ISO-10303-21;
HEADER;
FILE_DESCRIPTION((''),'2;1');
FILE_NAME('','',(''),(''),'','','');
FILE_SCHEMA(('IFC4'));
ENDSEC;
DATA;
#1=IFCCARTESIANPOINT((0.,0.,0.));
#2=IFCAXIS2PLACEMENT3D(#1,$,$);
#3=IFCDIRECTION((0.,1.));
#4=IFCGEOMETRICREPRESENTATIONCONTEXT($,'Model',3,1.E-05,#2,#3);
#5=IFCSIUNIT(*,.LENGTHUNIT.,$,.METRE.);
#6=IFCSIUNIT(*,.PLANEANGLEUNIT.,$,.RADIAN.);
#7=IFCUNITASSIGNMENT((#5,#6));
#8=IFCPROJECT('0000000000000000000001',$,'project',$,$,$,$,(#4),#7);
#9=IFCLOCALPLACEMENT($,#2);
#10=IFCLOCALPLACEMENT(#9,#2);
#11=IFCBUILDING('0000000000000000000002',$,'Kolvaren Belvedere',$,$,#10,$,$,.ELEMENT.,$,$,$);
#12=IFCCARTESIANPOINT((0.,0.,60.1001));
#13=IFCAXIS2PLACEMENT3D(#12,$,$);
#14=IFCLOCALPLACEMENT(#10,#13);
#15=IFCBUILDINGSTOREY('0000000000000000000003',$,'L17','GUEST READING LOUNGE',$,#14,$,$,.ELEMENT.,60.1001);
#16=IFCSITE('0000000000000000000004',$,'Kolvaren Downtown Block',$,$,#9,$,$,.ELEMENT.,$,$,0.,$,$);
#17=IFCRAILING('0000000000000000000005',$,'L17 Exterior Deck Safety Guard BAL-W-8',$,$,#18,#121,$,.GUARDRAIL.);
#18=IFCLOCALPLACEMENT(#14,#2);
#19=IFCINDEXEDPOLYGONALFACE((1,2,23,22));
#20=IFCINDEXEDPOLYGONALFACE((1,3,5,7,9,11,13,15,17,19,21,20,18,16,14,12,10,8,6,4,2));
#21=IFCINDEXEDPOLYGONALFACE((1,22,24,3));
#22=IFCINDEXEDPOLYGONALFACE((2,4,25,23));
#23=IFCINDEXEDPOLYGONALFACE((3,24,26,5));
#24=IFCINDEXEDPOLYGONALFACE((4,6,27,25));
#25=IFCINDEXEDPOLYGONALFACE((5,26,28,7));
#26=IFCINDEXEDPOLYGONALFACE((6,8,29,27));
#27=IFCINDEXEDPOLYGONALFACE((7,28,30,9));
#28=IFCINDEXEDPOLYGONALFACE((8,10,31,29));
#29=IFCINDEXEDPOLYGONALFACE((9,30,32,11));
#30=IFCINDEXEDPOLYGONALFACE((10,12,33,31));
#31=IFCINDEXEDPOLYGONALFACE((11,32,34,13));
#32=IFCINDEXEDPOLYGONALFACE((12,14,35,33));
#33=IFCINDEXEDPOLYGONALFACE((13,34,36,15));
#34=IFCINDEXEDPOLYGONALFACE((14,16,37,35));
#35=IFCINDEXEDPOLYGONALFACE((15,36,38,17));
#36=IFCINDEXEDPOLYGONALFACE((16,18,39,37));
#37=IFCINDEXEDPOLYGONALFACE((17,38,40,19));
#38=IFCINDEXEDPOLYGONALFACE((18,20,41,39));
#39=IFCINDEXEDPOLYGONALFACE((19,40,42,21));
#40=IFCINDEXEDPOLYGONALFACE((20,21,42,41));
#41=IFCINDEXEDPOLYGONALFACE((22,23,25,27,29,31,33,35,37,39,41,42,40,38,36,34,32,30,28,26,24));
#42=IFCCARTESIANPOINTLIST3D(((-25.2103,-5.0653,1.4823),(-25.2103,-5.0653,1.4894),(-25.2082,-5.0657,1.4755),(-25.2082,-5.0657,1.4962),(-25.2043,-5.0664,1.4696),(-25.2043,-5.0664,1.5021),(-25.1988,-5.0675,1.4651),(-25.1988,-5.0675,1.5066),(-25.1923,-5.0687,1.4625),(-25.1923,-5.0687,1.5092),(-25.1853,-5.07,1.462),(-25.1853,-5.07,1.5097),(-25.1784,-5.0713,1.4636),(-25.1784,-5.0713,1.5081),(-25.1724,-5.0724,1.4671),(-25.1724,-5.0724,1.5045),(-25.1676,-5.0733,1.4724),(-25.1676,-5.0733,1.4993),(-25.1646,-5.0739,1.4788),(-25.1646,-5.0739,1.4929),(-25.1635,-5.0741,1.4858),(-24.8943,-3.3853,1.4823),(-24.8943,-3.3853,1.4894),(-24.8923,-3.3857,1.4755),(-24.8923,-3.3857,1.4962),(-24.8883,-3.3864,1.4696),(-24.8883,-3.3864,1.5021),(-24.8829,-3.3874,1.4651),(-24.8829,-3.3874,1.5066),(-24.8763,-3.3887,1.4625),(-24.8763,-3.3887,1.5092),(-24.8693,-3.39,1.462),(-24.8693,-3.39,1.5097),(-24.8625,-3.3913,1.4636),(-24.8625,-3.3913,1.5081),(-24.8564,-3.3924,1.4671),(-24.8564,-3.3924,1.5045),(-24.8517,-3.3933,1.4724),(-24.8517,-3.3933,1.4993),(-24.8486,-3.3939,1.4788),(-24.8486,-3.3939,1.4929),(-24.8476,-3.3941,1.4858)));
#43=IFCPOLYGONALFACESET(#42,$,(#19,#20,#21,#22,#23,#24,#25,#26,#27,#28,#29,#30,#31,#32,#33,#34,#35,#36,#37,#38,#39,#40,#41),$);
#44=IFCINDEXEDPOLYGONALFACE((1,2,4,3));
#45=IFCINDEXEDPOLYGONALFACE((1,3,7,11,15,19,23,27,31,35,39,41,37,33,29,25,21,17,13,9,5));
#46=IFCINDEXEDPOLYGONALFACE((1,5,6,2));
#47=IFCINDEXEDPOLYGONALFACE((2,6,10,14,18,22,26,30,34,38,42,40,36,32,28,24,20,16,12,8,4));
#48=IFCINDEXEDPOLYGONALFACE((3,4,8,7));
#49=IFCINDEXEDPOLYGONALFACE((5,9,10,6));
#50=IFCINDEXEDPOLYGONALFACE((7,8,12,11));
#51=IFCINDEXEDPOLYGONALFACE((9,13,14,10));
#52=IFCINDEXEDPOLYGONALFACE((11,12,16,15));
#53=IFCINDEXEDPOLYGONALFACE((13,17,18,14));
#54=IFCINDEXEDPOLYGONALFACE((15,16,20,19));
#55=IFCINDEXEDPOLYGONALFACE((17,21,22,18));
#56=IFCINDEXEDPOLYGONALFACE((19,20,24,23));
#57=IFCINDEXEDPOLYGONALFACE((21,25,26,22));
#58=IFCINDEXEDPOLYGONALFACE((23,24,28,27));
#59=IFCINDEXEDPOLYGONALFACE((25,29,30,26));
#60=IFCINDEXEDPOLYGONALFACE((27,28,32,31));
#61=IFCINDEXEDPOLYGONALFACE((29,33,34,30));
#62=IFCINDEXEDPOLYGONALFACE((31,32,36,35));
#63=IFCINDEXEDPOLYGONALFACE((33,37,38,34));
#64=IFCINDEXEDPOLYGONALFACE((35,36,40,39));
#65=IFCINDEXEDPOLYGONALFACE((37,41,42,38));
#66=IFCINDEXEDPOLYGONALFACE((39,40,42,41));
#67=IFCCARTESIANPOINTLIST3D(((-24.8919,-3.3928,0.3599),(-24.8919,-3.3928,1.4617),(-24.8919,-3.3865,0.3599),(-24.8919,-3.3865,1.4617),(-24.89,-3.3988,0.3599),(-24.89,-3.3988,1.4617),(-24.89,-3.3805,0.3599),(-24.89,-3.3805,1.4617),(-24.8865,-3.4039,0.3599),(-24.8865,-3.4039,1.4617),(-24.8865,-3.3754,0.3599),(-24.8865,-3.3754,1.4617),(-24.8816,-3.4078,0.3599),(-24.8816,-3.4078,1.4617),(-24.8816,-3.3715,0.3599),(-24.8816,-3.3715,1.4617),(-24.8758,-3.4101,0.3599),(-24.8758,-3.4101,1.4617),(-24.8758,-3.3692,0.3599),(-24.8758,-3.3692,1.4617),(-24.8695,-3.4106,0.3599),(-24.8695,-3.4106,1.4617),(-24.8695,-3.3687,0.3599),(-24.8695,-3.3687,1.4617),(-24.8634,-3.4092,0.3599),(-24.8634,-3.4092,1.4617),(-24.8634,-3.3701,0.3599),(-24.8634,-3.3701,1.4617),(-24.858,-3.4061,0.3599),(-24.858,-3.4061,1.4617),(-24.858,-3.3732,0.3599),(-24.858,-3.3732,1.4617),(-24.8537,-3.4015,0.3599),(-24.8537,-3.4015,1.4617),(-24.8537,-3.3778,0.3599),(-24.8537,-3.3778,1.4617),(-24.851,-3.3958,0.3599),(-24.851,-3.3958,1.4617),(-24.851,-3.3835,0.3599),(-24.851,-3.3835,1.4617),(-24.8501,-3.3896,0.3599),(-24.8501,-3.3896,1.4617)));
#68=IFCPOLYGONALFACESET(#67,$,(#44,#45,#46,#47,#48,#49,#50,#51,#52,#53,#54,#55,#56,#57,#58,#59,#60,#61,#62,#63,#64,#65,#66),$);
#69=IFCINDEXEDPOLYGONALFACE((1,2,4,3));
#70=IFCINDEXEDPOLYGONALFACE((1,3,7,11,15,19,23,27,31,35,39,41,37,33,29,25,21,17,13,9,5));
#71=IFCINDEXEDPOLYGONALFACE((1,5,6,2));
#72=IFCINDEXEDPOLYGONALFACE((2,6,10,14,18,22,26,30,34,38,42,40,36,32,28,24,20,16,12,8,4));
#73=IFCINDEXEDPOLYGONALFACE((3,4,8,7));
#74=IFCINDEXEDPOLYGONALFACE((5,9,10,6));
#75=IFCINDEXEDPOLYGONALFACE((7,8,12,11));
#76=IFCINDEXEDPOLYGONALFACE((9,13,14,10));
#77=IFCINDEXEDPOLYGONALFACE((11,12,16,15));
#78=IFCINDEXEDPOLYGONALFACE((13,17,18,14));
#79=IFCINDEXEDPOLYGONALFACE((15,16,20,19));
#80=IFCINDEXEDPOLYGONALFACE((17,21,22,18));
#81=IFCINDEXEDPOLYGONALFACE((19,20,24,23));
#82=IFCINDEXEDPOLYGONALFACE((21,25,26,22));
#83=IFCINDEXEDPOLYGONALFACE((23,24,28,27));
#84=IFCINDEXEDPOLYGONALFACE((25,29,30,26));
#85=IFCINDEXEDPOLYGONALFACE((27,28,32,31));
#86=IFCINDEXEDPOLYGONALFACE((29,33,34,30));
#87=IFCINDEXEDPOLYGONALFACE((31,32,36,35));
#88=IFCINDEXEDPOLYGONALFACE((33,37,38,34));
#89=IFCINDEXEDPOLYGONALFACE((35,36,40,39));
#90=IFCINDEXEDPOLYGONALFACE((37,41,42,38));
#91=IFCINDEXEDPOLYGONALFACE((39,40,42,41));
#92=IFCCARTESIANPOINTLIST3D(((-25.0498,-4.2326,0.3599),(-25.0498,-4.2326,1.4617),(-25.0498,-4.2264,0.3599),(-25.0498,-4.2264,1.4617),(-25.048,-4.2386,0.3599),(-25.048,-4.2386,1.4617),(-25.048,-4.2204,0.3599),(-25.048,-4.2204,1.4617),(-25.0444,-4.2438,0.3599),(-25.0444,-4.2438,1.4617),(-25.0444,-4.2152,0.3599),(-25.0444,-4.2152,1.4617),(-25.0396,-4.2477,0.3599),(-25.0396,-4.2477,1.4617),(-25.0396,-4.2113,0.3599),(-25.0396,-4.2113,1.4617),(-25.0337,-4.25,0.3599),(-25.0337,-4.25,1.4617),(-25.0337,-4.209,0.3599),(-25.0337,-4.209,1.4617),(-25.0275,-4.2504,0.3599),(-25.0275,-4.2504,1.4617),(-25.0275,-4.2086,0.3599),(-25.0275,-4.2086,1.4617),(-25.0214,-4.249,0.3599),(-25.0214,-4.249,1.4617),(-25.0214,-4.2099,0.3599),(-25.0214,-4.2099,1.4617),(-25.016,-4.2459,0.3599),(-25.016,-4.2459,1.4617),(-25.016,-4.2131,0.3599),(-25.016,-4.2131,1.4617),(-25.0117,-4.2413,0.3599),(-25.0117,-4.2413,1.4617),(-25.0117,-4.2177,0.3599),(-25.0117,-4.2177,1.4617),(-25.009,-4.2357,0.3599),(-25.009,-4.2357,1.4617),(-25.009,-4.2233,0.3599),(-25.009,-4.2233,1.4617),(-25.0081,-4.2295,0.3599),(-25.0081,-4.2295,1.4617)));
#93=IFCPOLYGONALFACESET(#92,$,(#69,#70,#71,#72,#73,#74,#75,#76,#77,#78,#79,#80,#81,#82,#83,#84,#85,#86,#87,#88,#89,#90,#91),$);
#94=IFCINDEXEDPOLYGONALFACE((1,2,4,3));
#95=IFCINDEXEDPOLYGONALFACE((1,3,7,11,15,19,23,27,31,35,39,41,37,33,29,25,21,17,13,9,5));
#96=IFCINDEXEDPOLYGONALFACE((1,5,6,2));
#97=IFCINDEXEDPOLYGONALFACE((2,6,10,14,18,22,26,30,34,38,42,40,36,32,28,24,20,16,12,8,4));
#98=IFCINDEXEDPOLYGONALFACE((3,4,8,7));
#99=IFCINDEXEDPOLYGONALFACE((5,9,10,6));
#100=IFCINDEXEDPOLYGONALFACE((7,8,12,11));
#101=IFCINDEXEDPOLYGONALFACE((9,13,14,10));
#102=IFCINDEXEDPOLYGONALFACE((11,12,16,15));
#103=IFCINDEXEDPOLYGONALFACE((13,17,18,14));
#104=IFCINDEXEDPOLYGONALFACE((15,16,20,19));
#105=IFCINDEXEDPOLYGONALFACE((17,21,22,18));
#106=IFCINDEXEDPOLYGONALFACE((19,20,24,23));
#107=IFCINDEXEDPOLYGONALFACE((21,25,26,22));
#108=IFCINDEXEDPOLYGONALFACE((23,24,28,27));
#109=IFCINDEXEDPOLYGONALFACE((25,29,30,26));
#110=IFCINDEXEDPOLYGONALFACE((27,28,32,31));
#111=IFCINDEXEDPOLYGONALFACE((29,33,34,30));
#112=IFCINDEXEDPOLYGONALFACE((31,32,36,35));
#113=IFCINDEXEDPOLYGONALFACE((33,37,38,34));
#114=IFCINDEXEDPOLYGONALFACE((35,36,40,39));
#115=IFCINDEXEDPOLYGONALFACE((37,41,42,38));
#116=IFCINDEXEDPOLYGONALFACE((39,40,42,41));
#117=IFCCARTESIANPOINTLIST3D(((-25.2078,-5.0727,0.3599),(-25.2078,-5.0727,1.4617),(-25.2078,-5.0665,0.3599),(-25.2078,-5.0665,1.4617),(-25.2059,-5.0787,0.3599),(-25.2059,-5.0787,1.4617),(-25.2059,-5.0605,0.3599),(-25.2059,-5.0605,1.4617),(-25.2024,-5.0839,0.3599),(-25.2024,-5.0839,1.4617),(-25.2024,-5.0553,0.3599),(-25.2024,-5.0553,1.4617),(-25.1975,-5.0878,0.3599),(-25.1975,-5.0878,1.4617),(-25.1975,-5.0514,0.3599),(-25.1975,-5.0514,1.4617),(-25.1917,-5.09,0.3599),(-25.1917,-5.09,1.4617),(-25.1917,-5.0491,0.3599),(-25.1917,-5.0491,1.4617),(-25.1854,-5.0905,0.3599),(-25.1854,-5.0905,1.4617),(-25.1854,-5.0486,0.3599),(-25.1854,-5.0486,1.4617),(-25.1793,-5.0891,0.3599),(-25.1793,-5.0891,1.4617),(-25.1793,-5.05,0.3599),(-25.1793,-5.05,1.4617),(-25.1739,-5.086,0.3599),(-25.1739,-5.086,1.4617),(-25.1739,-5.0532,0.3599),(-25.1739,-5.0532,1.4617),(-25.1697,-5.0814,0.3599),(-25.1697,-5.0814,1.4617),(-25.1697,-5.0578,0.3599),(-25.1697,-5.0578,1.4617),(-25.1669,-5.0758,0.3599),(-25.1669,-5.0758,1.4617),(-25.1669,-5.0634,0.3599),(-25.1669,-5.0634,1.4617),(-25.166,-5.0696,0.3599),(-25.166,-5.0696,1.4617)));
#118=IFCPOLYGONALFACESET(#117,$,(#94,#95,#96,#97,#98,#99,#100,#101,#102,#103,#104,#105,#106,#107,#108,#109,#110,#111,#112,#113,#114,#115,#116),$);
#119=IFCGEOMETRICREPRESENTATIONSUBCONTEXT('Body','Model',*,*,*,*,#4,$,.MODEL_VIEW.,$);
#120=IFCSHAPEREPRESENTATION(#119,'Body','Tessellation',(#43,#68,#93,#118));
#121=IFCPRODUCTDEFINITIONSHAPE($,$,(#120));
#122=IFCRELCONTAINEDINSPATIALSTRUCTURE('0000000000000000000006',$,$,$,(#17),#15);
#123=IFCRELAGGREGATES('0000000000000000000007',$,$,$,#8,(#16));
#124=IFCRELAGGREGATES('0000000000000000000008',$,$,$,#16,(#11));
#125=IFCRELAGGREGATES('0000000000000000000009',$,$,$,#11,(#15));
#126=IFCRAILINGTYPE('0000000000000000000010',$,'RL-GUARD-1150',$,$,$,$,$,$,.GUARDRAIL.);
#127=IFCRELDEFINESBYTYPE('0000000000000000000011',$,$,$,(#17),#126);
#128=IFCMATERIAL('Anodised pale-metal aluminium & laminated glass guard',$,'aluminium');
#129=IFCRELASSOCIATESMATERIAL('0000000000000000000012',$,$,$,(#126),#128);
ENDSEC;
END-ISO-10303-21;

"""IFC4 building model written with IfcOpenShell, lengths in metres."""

from ifc_helpers import new_model, si_unit, direction, frame, origin, origin_2d, place, context, subcontext, project, spatial, circle, extrude, material, type_object, element, save


model = new_model("IFC4")

# Units and contexts
model_context = context("Model", 3, precision=1e-05, world=origin(), true_north=direction((0.0, 1.0)))
body_context = subcontext(model_context, "Body", "Model", "MODEL_VIEW")
ifc_project = project(units=[si_unit("LENGTHUNIT", "METRE"), si_unit("PLANEANGLEUNIT", "RADIAN")], contexts=[model_context])

# Site, building, storey
site_placement = place(None, origin())
site = spatial("IfcSite", under=ifc_project, at=site_placement, Name="Kolvaren Downtown Block", CompositionType="ELEMENT", RefElevation=0.0)
building_placement = place(site_placement, origin())
building = spatial("IfcBuilding", under=site, at=building_placement, Name="Kolvaren Belvedere", CompositionType="ELEMENT")
storey_placement = place(building_placement, frame((0.0, 0.0, 60.1001)))
storey = spatial("IfcBuildingStorey", under=building, at=storey_placement, Name="L17", Description="GUEST READING LOUNGE", CompositionType="ELEMENT", Elevation=60.1001)

# Railing
ifc_material_1 = material(Name="Anodised pale-metal aluminium & laminated glass guard", Category="aluminium")
railing_type = type_object("IfcRailingType", Name="RL-GUARD-1150", PredefinedType="GUARDRAIL", material=ifc_material_1)
railing_1_placement = place(storey_placement, frame((-24.8711, -3.3896, 0.3599)))
element("IfcRailing", 1, at=railing_1_placement, inside=storey, type_object=railing_type, Name="L17 Exterior Deck Safety Guard BAL-W-8", PredefinedType="GUARDRAIL", context=body_context, shape_type="SweptSolid", body=[
    extrude(circle(Radius=0.0239, at=origin_2d()), frame((0.0, 0.0, 1.126), z_axis=(-0.184815, -0.982773, 0.0), x_axis=(0.982773, -0.184815, 0.0)), (0.0, 0.0, 1.0), 1.7095),
    extrude(circle(Radius=0.021, at=origin_2d()), origin(), (0.0, 0.0, 1.0), 1.1018),
    extrude(circle(Radius=0.021, at=origin_2d()), frame((-0.158, -0.8398, 0.0)), (0.0, 0.0, 1.0), 1.1018),
    extrude(circle(Radius=0.021, at=origin_2d()), frame((-0.3159, -1.6799, 0.0)), (0.0, 0.0, 1.0), 1.1018),
])

save(model, "model.ifc")
